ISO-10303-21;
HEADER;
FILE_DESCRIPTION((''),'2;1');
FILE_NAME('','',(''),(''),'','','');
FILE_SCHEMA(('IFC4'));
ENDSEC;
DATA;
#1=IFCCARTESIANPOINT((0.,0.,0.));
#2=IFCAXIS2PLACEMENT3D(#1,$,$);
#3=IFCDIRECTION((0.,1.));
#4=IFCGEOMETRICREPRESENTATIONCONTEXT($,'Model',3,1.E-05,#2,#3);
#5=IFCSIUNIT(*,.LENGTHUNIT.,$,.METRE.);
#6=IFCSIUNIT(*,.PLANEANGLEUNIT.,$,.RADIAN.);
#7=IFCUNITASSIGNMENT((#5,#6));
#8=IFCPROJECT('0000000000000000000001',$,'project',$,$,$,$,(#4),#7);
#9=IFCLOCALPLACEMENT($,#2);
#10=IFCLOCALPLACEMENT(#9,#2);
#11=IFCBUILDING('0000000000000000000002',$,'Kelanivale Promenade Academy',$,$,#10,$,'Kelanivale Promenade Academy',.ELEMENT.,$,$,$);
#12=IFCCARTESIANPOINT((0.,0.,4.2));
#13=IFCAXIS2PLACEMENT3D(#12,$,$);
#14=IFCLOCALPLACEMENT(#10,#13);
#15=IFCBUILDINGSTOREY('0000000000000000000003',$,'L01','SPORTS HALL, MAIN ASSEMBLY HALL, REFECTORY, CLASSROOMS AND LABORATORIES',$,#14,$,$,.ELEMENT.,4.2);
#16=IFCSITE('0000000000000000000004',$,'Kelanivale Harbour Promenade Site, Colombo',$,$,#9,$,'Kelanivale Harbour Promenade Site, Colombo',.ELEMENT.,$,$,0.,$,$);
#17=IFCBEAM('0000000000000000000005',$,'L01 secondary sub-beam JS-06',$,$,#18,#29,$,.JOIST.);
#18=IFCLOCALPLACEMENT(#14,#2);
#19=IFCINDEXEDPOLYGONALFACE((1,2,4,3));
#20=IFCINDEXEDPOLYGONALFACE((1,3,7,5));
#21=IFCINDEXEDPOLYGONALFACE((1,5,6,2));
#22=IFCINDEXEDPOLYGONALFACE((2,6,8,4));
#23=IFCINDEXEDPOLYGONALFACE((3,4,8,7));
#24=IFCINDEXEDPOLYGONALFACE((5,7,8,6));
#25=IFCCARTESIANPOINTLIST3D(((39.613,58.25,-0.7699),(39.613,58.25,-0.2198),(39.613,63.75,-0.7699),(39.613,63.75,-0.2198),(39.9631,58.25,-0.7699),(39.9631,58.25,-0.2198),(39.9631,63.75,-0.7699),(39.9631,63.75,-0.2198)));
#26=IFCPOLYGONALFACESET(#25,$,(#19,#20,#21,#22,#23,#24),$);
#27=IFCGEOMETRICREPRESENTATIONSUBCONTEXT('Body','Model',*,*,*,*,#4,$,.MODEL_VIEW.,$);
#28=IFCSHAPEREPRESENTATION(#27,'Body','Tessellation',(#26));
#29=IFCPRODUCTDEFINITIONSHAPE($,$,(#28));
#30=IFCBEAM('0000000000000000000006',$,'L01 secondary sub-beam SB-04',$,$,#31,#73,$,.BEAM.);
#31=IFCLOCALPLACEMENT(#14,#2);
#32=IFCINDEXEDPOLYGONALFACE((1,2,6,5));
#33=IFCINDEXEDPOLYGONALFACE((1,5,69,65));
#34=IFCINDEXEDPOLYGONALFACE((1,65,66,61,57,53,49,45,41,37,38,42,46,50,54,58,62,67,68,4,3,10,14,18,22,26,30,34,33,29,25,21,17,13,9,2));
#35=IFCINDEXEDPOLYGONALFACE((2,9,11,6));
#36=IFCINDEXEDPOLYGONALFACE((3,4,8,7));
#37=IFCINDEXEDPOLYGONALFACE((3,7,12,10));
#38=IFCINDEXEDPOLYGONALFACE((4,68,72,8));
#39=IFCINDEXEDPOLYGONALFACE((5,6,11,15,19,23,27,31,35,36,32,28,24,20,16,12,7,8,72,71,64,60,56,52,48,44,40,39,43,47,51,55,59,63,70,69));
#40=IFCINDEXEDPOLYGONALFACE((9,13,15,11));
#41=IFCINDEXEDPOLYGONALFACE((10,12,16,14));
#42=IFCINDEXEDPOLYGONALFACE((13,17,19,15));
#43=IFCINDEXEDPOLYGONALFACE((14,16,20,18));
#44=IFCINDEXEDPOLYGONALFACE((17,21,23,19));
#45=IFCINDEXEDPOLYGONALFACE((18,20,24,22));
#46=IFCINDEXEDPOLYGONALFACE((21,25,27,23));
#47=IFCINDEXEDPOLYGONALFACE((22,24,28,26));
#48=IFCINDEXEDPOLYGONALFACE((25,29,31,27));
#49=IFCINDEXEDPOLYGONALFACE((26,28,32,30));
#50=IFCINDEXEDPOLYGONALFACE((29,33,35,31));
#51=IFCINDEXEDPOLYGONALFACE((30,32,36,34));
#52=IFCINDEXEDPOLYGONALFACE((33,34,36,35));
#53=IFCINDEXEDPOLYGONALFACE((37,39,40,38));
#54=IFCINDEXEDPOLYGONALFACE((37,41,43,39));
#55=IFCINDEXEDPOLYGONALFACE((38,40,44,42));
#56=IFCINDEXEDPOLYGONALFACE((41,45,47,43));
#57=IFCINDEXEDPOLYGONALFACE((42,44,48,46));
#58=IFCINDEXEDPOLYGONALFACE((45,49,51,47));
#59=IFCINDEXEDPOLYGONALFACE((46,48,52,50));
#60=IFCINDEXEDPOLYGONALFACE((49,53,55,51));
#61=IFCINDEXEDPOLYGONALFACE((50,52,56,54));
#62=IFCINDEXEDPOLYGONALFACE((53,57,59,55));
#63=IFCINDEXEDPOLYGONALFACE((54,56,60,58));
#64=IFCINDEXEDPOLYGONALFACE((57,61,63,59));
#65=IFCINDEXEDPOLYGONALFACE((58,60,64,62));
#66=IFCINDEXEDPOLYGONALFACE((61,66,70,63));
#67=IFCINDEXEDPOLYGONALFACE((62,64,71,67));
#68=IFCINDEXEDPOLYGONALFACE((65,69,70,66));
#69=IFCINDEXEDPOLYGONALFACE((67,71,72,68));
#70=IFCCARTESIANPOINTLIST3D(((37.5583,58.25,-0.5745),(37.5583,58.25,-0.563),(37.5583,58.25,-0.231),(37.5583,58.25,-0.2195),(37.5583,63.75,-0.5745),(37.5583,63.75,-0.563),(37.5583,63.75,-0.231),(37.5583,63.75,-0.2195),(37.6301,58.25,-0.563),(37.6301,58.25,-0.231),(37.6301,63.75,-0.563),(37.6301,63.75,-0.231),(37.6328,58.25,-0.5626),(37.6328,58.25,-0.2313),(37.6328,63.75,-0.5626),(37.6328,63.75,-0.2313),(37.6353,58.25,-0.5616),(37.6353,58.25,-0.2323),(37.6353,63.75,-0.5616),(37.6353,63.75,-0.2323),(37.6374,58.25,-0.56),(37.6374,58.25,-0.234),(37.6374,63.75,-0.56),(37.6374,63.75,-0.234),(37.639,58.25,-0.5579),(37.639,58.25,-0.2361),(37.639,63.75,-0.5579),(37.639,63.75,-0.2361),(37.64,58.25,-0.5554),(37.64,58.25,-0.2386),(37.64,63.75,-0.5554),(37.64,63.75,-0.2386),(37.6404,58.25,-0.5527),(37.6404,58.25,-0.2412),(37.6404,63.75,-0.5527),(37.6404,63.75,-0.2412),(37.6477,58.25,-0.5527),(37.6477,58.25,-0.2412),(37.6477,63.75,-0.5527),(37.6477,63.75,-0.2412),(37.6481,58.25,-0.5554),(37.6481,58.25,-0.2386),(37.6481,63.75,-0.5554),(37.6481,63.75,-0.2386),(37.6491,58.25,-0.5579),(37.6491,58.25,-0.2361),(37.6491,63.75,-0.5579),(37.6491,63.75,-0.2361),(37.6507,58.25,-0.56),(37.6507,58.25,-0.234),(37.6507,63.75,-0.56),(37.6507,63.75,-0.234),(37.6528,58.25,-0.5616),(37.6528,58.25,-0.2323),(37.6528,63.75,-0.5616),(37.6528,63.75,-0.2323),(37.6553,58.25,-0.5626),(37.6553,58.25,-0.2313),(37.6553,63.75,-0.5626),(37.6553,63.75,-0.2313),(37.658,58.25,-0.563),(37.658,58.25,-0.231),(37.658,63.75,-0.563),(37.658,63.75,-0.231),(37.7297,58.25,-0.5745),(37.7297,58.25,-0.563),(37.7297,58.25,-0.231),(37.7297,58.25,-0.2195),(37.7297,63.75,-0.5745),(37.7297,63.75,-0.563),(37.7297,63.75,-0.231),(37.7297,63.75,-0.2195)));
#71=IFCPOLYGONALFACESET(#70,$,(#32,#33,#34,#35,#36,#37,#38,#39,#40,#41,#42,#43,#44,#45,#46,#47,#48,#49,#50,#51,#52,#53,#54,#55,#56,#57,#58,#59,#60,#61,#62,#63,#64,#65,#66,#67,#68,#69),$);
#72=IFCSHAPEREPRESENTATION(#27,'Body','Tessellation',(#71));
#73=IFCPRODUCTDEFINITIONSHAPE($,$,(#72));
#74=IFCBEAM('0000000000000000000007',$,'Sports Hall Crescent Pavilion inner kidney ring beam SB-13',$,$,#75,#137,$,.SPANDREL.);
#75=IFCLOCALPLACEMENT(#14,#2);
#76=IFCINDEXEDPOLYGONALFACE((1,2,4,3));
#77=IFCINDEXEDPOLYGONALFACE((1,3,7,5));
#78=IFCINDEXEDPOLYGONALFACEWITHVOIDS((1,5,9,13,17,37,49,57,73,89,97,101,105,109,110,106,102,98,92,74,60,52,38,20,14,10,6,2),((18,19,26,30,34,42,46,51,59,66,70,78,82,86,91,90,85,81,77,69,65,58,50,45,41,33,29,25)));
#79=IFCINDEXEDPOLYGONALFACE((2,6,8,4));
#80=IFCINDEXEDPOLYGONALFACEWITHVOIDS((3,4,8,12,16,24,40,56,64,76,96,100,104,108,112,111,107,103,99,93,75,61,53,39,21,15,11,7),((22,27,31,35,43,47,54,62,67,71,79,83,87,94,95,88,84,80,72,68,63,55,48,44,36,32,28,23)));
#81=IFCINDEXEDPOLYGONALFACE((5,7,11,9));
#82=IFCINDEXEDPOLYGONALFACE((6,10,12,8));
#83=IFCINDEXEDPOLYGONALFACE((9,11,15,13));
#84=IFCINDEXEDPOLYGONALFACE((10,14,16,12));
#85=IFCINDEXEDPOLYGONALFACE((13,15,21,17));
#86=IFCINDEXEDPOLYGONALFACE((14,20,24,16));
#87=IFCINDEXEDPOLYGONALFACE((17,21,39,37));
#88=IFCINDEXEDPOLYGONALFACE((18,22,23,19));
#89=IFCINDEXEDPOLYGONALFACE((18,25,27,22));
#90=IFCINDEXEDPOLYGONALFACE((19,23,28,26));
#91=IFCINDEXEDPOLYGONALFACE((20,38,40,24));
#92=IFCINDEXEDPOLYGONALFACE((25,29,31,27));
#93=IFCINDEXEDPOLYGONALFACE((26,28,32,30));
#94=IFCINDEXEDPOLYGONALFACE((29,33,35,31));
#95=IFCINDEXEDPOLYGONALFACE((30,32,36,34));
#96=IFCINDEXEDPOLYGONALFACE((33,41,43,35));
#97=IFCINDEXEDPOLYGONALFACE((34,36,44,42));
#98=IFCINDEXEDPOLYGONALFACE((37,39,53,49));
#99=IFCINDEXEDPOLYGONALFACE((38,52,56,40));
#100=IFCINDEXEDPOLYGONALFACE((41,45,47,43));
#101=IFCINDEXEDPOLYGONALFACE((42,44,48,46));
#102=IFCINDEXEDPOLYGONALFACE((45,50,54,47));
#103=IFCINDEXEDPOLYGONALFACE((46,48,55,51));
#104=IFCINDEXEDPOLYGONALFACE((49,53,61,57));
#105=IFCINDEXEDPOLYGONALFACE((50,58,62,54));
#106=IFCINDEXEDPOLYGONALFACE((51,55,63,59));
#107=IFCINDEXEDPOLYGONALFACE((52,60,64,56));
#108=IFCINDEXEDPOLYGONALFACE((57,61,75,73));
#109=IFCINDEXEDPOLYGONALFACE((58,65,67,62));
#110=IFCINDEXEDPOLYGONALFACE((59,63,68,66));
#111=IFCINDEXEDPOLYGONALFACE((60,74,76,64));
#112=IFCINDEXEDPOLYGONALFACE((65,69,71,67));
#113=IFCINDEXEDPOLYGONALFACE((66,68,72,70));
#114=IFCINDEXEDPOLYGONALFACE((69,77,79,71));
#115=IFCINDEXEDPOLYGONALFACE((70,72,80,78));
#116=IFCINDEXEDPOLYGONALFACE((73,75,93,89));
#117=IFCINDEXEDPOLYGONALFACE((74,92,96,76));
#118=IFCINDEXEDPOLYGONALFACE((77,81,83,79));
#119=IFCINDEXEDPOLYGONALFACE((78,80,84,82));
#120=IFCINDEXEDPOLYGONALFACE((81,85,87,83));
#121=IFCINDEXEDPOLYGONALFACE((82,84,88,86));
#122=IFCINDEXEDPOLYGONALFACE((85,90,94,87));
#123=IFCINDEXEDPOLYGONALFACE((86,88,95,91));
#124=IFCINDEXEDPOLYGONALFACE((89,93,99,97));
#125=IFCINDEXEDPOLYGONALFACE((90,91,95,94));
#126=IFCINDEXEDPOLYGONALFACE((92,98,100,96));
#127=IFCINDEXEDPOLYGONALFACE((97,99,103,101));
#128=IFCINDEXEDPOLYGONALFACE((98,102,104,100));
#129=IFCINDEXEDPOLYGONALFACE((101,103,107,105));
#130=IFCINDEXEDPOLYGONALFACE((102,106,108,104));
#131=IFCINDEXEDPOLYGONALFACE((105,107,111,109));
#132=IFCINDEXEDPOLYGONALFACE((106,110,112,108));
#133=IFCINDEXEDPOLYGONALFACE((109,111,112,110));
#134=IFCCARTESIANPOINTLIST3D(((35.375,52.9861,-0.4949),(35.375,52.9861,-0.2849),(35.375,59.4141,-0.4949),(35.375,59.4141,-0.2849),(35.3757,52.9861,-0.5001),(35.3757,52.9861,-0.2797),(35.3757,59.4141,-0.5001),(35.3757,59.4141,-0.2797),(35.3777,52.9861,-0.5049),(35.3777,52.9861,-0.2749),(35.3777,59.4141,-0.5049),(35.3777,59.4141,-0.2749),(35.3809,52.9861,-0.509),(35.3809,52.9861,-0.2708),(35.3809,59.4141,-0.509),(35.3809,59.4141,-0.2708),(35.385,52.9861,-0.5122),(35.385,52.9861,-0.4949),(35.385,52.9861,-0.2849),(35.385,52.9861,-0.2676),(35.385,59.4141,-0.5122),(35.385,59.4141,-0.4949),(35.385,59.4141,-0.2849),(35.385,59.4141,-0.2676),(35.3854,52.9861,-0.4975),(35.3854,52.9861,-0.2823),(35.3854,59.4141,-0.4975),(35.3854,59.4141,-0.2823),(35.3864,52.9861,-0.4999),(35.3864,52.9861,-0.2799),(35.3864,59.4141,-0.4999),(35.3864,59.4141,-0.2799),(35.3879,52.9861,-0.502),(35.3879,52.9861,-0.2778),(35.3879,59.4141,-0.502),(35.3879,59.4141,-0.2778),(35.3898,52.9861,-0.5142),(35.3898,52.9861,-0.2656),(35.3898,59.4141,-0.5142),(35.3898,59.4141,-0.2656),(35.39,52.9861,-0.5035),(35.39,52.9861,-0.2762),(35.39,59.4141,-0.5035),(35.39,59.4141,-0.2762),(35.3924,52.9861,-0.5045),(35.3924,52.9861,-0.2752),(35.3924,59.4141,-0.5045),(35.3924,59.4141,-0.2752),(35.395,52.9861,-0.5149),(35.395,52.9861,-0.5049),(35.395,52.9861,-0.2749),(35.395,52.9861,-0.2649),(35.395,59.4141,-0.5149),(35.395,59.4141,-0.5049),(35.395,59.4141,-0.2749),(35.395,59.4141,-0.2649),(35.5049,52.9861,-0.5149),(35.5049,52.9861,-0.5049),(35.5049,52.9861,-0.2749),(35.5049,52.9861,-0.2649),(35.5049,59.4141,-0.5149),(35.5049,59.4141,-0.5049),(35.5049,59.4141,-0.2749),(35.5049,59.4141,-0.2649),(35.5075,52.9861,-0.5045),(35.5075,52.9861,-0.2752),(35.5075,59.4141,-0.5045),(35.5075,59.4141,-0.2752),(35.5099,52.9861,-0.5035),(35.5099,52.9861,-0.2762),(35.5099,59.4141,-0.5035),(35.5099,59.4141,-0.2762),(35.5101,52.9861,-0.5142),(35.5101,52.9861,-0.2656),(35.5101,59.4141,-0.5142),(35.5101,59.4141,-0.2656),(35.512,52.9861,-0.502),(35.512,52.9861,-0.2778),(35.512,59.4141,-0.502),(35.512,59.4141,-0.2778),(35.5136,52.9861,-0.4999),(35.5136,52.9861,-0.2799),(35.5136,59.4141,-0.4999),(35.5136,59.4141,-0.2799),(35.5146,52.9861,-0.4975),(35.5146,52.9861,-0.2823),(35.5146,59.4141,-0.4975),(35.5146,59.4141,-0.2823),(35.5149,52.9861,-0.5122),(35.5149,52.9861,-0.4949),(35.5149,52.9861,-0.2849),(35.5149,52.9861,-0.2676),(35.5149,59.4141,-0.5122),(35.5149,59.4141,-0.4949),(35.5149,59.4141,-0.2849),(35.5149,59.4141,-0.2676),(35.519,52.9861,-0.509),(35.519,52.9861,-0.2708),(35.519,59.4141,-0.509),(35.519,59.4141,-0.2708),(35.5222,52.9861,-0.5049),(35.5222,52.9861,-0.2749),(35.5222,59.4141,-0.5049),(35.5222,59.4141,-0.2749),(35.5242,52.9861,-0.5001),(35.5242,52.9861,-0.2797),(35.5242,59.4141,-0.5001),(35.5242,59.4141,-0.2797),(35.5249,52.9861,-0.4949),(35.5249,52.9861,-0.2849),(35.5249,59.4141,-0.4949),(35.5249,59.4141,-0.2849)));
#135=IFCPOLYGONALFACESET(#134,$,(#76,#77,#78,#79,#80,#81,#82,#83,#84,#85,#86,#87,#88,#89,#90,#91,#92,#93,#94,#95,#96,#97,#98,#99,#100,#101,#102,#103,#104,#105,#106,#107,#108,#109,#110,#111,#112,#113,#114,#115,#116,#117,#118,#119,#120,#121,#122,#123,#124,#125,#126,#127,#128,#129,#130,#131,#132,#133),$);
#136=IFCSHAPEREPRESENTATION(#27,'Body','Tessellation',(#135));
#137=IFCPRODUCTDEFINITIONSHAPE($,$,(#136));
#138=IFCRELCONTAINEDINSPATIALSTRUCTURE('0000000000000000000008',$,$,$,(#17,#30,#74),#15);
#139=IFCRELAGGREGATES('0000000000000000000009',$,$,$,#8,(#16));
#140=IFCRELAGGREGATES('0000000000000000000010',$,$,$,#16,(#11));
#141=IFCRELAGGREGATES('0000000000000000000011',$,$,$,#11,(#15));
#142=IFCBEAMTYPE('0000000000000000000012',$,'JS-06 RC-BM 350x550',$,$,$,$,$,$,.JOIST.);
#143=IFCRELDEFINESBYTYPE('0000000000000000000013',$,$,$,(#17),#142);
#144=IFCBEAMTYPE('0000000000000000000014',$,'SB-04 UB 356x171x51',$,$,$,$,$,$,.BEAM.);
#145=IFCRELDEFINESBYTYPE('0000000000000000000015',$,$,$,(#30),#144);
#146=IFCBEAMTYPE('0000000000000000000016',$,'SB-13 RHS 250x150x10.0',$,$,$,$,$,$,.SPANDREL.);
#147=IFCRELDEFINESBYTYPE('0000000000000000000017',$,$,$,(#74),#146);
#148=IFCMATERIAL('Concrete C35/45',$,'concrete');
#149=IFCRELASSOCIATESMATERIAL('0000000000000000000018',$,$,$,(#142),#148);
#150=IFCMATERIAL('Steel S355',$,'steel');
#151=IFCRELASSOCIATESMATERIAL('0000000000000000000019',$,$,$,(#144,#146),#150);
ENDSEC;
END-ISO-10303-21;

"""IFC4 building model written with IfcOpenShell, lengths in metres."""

from ifc_helpers import new_model, si_unit, direction, frame, origin, origin_2d, place, context, subcontext, project, spatial, rectangle, hollow_rectangle, i_section, extrude, material, material_profile, profile_set, type_object, element, save


model = new_model("IFC4")

# Units and contexts
model_context = context("Model", 3, precision=1e-05, world=origin(), true_north=direction((0.0, 1.0)))
body_context = subcontext(model_context, "Body", "Model", "MODEL_VIEW")
ifc_project = project(units=[si_unit("LENGTHUNIT", "METRE"), si_unit("PLANEANGLEUNIT", "RADIAN")], contexts=[model_context])

# Site, building, storey
site_placement = place(None, origin())
site = spatial("IfcSite", under=ifc_project, at=site_placement, Name="Kelanivale Harbour Promenade Site, Colombo", LongName="Kelanivale Harbour Promenade Site, Colombo", CompositionType="ELEMENT", RefElevation=0.0)
building_placement = place(site_placement, origin())
building = spatial("IfcBuilding", under=site, at=building_placement, Name="Kelanivale Promenade Academy", LongName="Kelanivale Promenade Academy", CompositionType="ELEMENT")
storey_placement = place(building_placement, frame((0.0, 0.0, 4.2)))
storey = spatial("IfcBuildingStorey", under=building, at=storey_placement, Name="L01", Description="SPORTS HALL, MAIN ASSEMBLY HALL, REFECTORY, CLASSROOMS AND LABORATORIES", CompositionType="ELEMENT", Elevation=4.2)

# Shared definitions
ifc_material_1 = material(Name="Steel S355", Category="steel")

# Beams
ifc_material_2 = material(Name="Concrete C35/45", Category="concrete")
ifc_material_profile_1 = material_profile(ifc_material_2, rectangle(XDim=0.3501, YDim=0.55, at=origin_2d()), Name="RC-BM 350x550")
ifc_profile_set_1 = profile_set([ifc_material_profile_1], Name="Concrete C35/45")
beam_type_1 = type_object("IfcBeamType", Name="JS-06 RC-BM 350x550", PredefinedType="JOIST", material=ifc_profile_set_1)
beam_1_placement = place(storey_placement, frame((39.7881, 58.25, -0.4949), z_axis=(0.0, 1.0, 0.0), x_axis=(-1.0, 0.0, 0.0)))
element("IfcBeam", 1, at=beam_1_placement, inside=storey, type_object=beam_type_1, Name="L01 secondary sub-beam JS-06", PredefinedType="JOIST", context=body_context, shape_type="SweptSolid", body=[
    extrude(rectangle(XDim=0.3501, YDim=0.55, at=origin_2d()), origin(), (0.0, 0.0, 1.0), 5.5),
])
ifc_material_profile_2 = material_profile(ifc_material_1, i_section(OverallWidth=0.1714, OverallDepth=0.355, WebThickness=0.0073, FlangeThickness=0.0115, FilletRadius=0.0103, at=origin_2d()), Name="UB 356x171x51")
ifc_profile_set_2 = profile_set([ifc_material_profile_2], Name="Steel S355")
beam_type_2 = type_object("IfcBeamType", Name="SB-04 UB 356x171x51", PredefinedType="BEAM", material=ifc_profile_set_2)
beam_2_placement = place(storey_placement, frame((37.644, 58.25, -0.397), z_axis=(0.0, 1.0, 0.0), x_axis=(-1.0, 0.0, 0.0)))
element("IfcBeam", 2, at=beam_2_placement, inside=storey, type_object=beam_type_2, Name="L01 secondary sub-beam SB-04", PredefinedType="BEAM", context=body_context, shape_type="SweptSolid", body=[
    extrude(i_section(OverallWidth=0.1714, OverallDepth=0.355, WebThickness=0.0073, FlangeThickness=0.0115, FilletRadius=0.0103, at=origin_2d()), origin(), (0.0, 0.0, 1.0), 5.5),
])
ifc_material_profile_3 = material_profile(ifc_material_1, hollow_rectangle(XDim=0.1499, YDim=0.25, WallThickness=0.01, InnerFilletRadius=0.01, OuterFilletRadius=0.02, at=origin_2d()), Name="RHS 250x150x10.0")
ifc_profile_set_3 = profile_set([ifc_material_profile_3], Name="Steel S355")
beam_type_3 = type_object("IfcBeamType", Name="SB-13 RHS 250x150x10.0", PredefinedType="SPANDREL", material=ifc_profile_set_3)
beam_3_placement = place(storey_placement, frame((35.45, 52.9861, -0.3899), z_axis=(0.0, 1.0, 0.0), x_axis=(-1.0, 0.0, 0.0)))
element("IfcBeam", 3, at=beam_3_placement, inside=storey, type_object=beam_type_3, Name="Sports Hall Crescent Pavilion inner kidney ring beam SB-13", PredefinedType="SPANDREL", context=body_context, shape_type="SweptSolid", body=[
    extrude(hollow_rectangle(XDim=0.1499, YDim=0.25, WallThickness=0.01, InnerFilletRadius=0.01, OuterFilletRadius=0.02, at=origin_2d()), origin(), (0.0, 0.0, 1.0), 6.428),
])

save(model, "model.ifc")
